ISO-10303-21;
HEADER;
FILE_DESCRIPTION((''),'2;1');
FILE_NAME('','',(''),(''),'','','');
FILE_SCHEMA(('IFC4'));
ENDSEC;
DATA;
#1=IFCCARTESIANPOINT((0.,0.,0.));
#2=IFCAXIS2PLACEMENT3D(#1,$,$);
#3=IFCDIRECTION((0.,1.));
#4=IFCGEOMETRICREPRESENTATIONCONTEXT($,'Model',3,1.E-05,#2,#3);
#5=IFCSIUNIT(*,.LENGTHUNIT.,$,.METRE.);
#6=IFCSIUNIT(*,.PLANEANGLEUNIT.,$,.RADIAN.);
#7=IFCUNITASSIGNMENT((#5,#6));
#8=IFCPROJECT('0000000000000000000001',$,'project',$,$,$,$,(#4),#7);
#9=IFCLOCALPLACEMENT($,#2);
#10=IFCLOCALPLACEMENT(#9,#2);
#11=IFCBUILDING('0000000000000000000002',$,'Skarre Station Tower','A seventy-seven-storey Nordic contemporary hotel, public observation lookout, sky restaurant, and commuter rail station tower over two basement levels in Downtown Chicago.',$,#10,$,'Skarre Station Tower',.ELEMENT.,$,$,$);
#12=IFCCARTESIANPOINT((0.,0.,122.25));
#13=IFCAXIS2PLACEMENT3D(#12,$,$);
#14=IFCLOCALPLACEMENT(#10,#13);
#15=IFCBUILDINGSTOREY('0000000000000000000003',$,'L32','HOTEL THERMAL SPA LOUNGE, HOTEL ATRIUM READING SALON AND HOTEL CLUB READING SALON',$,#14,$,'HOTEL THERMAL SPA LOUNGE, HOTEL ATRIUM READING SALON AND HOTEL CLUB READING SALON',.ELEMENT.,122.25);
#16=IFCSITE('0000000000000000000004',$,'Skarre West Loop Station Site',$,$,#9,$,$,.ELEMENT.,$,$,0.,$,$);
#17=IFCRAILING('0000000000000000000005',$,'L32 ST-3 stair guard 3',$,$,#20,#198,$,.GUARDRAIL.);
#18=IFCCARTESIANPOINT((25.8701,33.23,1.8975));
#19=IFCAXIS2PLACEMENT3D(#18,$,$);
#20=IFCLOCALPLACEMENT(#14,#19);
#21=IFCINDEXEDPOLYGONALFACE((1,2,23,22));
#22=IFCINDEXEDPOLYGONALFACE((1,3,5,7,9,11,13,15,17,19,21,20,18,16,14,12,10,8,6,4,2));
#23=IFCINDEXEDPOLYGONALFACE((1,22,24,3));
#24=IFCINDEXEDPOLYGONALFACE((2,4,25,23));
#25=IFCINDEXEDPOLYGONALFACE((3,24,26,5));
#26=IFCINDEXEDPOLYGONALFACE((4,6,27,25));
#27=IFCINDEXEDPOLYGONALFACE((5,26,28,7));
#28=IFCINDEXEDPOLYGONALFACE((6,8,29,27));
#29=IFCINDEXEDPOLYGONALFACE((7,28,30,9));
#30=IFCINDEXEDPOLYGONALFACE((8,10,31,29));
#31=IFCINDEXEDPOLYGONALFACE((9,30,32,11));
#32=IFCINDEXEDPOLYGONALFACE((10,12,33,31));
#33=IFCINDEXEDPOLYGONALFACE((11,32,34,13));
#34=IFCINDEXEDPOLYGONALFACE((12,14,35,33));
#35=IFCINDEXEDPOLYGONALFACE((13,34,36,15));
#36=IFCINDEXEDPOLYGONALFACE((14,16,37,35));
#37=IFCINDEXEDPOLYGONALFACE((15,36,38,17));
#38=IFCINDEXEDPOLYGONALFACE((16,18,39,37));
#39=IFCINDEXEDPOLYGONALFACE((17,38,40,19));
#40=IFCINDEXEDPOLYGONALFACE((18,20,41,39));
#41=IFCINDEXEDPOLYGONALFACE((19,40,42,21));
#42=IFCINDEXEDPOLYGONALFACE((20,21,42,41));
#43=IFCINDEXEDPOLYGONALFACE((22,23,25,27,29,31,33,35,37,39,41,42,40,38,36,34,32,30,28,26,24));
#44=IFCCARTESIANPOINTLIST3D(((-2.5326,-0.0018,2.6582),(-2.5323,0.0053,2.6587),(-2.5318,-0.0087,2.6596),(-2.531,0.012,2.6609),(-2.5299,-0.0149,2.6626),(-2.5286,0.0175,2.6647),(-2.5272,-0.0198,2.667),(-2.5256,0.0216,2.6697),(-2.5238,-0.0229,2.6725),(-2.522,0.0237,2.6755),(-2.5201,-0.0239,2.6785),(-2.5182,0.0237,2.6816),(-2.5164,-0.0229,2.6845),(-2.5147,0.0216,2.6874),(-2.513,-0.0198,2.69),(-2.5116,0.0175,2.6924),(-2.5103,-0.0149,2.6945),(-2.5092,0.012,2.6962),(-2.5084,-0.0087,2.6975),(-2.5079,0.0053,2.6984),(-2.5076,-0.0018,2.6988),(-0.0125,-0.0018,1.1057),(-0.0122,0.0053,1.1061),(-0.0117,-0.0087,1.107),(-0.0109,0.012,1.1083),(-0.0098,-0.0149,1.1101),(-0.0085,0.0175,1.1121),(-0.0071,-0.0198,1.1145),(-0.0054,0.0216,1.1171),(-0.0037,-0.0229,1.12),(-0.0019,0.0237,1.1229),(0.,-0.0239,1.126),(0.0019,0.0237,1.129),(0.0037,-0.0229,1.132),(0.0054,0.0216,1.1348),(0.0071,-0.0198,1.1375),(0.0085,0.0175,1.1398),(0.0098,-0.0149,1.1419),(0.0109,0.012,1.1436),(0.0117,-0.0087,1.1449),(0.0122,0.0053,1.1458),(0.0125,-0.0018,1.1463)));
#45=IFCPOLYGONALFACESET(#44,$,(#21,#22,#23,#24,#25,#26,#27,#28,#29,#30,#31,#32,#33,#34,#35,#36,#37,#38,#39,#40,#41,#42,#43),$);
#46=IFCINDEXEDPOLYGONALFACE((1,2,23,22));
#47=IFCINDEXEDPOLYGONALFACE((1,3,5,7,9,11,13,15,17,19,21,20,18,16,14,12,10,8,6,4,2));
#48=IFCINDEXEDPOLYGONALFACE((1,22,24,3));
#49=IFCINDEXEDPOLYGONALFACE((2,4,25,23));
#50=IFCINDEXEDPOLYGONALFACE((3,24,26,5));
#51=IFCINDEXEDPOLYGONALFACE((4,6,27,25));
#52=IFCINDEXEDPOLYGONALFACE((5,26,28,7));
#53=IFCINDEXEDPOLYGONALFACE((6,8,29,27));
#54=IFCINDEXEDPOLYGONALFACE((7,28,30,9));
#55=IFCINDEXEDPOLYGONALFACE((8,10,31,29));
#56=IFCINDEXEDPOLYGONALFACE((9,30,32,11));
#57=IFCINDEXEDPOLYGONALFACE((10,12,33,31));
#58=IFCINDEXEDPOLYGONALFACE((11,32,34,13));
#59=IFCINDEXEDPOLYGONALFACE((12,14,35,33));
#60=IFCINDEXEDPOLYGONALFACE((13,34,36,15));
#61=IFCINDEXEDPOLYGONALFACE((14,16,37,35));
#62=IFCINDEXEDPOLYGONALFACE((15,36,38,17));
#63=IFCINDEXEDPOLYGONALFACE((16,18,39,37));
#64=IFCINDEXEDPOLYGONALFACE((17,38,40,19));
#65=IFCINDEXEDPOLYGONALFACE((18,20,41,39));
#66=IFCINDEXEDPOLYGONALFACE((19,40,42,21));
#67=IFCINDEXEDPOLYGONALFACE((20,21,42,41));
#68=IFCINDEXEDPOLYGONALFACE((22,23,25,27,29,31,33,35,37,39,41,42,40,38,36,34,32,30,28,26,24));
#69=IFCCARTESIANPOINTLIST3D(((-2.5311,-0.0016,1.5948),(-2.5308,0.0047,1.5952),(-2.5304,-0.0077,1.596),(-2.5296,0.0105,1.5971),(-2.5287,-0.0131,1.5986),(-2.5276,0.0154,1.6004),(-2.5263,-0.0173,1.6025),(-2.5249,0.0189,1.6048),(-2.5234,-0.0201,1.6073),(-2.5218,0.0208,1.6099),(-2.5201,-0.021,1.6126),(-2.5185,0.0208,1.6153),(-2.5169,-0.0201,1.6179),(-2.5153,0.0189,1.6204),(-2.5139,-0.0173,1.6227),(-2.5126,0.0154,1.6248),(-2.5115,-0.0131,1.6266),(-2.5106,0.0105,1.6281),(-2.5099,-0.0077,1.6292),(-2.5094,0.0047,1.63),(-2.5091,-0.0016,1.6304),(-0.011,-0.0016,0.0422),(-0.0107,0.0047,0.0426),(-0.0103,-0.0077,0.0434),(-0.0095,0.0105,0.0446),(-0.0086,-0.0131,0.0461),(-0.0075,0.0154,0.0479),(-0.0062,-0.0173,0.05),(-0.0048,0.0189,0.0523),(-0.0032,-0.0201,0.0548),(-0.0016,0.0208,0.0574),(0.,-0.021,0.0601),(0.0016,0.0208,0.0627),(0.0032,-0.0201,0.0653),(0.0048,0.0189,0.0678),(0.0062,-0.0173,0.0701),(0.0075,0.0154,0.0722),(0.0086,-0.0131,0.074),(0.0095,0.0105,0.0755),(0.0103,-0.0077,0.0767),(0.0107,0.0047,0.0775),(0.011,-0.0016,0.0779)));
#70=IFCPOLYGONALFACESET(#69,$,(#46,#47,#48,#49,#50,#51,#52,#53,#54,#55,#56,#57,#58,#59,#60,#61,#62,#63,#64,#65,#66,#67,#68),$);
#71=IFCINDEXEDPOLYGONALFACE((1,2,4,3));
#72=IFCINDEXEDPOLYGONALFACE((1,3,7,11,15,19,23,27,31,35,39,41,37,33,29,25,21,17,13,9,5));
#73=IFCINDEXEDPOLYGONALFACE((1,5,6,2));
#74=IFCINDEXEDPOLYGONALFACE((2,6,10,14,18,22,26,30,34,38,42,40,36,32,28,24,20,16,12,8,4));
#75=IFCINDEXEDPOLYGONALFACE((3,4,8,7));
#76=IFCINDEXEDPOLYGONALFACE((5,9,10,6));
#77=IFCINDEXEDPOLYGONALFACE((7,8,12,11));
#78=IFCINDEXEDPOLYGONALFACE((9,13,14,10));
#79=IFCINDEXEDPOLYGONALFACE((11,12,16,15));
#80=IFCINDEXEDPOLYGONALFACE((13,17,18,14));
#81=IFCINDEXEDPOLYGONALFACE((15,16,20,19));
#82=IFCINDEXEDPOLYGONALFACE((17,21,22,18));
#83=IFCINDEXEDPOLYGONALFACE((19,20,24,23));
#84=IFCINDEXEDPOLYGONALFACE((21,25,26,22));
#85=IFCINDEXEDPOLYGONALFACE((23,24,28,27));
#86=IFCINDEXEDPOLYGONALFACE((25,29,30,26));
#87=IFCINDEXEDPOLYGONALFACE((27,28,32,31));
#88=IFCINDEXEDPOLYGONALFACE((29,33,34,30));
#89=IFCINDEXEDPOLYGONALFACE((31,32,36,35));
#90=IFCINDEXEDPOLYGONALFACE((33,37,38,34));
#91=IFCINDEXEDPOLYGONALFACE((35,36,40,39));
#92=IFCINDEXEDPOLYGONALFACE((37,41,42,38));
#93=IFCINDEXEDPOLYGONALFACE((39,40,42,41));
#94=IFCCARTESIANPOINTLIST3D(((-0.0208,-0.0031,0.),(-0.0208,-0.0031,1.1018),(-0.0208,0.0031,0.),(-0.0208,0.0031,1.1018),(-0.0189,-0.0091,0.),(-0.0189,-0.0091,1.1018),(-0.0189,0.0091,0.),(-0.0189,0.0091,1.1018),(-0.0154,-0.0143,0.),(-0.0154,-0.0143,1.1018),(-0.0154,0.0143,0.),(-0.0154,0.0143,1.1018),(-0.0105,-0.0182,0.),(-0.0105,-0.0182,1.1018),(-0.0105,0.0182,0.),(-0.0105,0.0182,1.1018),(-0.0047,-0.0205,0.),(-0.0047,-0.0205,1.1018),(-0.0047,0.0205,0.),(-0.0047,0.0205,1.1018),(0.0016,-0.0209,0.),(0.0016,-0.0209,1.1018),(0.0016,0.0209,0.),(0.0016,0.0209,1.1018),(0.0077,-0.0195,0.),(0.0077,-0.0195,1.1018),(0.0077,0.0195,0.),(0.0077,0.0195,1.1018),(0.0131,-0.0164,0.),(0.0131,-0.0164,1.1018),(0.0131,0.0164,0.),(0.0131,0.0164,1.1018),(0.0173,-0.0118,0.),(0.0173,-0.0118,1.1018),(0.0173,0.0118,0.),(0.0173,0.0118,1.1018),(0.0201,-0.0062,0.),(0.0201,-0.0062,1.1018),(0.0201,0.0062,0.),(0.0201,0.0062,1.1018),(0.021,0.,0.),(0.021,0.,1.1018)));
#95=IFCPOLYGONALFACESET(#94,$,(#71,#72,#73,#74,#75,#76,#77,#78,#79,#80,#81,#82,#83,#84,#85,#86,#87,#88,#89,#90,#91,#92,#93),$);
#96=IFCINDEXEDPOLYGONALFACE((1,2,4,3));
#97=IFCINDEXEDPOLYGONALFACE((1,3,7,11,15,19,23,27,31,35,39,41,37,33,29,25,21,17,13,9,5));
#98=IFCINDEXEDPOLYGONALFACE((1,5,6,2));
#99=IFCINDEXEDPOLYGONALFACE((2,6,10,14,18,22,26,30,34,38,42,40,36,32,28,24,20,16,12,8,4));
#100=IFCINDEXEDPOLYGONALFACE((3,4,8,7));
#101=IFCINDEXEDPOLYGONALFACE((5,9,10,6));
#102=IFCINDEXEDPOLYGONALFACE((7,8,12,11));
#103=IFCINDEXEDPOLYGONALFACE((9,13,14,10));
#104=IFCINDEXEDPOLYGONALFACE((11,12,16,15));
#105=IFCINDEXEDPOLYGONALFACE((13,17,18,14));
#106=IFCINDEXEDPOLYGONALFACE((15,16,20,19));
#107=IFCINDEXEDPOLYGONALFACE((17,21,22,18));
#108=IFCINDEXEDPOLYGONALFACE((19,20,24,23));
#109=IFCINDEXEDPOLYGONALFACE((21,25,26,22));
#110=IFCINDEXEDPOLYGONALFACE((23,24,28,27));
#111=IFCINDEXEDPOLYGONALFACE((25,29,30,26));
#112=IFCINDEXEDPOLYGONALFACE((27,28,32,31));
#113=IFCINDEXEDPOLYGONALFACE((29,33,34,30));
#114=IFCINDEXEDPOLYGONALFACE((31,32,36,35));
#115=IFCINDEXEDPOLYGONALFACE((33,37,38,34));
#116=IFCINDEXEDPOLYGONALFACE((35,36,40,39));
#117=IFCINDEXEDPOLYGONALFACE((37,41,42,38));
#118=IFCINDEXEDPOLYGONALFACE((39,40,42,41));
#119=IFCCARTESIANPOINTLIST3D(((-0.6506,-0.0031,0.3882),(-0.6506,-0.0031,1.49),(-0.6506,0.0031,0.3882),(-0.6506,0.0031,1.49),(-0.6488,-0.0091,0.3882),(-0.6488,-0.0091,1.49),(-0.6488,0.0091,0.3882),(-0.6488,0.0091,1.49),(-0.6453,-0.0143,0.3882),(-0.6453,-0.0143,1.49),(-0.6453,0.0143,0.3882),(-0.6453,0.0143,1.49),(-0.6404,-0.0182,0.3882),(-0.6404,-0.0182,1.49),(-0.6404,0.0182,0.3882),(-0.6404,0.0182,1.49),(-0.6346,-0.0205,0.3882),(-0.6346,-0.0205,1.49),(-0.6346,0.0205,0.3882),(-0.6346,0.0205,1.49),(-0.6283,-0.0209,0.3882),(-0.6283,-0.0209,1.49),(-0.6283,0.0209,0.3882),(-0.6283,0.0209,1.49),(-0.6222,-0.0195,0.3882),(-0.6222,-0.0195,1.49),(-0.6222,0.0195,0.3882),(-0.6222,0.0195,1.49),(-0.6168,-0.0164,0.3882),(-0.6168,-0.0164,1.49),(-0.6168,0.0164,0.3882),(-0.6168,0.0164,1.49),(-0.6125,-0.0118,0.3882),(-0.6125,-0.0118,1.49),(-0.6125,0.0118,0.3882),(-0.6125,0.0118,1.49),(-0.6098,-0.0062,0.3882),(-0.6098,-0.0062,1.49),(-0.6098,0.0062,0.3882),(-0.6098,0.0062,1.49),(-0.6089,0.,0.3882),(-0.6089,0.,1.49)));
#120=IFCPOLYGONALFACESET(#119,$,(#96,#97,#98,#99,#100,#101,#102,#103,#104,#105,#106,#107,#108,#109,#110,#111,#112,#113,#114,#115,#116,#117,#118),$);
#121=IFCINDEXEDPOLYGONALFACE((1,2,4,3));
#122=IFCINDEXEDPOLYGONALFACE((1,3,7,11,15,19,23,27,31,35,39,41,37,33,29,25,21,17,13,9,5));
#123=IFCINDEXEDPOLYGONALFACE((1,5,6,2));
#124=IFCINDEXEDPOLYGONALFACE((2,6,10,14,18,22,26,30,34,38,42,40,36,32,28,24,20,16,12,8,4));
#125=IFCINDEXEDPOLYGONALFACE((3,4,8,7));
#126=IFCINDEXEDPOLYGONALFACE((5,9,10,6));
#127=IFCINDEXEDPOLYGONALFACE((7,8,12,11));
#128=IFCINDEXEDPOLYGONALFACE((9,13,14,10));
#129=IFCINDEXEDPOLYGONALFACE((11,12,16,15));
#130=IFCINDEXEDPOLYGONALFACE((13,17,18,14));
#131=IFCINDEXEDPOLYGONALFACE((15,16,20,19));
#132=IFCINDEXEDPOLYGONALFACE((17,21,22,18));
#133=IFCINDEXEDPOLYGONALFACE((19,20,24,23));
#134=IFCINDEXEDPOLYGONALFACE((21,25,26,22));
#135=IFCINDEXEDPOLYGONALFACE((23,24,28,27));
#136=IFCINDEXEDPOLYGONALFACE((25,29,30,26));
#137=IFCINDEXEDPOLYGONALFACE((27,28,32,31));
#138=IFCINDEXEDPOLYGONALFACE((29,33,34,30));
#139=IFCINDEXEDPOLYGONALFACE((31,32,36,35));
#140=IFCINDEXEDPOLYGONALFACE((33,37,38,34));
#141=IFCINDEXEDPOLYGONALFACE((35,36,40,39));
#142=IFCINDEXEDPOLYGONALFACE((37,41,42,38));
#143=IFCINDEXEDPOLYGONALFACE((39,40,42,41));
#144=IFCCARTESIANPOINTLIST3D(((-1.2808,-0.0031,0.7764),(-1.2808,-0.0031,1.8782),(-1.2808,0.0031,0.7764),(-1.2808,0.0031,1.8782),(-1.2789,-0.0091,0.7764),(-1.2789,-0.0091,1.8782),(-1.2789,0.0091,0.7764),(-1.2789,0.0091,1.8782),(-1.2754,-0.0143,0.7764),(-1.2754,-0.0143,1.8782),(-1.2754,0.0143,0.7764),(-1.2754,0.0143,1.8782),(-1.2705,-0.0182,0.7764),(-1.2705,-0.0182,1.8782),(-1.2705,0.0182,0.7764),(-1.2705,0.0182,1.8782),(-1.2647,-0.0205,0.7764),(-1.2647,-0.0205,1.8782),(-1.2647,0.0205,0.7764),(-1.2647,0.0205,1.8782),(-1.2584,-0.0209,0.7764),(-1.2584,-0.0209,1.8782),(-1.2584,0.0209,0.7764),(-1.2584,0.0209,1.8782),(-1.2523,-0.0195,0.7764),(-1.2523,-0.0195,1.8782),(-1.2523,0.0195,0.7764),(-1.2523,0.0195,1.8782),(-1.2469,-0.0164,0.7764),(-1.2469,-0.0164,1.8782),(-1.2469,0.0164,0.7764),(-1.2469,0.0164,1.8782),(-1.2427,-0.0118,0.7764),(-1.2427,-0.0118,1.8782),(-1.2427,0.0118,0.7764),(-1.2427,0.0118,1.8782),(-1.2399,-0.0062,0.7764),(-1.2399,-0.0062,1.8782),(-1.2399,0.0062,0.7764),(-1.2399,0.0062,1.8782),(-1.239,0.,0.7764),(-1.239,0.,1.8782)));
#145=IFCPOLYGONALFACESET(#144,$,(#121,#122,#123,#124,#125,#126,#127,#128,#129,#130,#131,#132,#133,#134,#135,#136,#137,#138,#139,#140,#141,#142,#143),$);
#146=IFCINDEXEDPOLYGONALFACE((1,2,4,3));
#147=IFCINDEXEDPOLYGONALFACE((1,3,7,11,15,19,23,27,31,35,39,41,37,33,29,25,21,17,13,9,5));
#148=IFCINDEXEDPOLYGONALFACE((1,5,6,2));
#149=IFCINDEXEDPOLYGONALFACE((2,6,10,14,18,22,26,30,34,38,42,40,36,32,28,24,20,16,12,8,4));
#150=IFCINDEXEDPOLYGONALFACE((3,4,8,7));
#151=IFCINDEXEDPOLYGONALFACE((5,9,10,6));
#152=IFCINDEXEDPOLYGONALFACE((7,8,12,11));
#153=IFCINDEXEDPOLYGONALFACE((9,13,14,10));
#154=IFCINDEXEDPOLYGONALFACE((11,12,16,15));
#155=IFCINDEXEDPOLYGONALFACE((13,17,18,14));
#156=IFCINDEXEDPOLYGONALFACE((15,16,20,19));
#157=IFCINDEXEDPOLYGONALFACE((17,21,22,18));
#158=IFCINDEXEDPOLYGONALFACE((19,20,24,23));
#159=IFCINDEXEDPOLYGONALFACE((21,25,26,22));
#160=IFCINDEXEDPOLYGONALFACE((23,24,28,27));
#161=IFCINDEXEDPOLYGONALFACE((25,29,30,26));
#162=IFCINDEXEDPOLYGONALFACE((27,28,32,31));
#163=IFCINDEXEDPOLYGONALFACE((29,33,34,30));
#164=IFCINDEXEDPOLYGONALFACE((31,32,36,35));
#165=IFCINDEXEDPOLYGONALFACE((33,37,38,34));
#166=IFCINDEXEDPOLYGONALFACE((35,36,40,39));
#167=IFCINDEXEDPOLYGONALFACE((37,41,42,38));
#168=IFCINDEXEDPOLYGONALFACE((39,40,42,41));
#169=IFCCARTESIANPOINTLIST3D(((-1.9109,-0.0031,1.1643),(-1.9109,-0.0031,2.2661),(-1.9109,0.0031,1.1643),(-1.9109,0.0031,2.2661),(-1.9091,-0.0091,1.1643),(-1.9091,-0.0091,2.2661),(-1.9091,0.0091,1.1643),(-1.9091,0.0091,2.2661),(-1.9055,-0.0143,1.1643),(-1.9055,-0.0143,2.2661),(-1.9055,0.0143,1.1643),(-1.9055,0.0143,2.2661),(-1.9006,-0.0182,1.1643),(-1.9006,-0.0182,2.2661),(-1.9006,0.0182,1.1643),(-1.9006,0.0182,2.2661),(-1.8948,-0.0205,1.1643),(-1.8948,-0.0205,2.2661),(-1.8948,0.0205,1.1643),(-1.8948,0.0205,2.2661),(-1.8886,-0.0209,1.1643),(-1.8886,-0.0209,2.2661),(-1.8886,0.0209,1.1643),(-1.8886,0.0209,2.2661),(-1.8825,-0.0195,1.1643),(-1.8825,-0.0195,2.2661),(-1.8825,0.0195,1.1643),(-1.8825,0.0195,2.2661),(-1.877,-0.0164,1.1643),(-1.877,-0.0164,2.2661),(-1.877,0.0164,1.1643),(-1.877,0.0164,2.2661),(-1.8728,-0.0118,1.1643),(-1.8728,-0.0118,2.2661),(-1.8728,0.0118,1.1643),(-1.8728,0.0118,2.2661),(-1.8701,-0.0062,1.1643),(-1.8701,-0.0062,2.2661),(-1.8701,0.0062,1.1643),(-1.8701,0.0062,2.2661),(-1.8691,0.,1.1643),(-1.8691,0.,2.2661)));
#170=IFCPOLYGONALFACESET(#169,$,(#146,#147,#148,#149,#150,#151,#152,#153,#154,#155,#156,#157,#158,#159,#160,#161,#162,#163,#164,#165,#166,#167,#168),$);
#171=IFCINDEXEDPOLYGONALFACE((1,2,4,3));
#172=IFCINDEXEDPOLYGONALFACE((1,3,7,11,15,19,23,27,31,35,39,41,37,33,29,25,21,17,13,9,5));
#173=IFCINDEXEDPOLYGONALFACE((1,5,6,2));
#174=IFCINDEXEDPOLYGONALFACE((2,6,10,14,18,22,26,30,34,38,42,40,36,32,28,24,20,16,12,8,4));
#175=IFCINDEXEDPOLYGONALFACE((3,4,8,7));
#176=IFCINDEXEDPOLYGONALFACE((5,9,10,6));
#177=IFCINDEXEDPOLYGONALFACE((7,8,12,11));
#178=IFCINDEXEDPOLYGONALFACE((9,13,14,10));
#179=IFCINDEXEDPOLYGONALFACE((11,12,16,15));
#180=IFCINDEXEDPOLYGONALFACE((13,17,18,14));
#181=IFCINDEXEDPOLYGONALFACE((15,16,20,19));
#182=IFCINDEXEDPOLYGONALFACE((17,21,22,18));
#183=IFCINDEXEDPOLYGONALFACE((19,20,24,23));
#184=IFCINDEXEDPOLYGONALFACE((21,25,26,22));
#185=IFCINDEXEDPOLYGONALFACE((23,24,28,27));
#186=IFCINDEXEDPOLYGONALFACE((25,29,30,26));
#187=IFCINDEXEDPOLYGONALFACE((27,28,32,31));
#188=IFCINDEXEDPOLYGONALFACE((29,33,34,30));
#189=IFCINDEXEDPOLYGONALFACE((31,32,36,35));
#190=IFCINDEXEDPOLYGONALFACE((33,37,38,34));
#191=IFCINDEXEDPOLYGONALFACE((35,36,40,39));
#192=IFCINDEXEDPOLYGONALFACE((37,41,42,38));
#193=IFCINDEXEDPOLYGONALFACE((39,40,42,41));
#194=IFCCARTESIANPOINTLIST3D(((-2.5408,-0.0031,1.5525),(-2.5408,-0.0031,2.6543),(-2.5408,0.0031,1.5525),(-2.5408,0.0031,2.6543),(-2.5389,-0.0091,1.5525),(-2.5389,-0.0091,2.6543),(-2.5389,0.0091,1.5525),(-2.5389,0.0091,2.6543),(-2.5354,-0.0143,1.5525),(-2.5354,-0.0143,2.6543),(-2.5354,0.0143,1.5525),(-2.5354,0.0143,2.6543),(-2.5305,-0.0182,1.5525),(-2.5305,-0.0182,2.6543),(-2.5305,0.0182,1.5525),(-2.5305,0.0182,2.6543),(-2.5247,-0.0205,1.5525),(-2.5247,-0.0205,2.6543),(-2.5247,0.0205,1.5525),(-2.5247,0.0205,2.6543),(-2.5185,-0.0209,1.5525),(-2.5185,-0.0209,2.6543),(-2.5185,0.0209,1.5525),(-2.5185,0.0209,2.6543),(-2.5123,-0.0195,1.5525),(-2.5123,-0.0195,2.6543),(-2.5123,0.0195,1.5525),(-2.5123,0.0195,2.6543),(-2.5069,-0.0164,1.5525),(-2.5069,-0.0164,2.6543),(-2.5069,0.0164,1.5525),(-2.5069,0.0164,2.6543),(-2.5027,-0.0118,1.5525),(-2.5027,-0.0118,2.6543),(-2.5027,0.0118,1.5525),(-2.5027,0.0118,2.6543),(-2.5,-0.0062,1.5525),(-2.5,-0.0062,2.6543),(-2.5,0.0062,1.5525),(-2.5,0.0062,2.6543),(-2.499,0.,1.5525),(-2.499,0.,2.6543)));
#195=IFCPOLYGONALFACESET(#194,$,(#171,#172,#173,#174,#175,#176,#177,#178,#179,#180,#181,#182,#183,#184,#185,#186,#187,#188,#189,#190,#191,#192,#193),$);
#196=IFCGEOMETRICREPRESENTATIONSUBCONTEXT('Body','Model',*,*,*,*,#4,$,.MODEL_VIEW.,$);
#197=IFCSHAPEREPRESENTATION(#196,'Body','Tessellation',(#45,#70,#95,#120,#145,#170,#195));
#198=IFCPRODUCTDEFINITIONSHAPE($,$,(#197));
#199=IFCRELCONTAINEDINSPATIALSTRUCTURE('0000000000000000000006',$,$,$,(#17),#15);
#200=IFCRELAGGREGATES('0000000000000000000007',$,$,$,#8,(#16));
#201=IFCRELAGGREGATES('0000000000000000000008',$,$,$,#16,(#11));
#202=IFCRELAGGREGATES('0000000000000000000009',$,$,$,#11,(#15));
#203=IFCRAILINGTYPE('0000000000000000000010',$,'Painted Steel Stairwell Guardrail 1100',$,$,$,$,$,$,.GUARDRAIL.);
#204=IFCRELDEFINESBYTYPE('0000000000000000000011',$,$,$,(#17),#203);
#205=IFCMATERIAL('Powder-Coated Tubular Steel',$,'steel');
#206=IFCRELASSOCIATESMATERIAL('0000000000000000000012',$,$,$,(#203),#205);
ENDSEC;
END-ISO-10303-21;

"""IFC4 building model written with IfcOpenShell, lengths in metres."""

from ifc_helpers import new_model, si_unit, direction, frame, origin, origin_2d, place, context, subcontext, project, spatial, circle, extrude, material, type_object, element, save


model = new_model("IFC4")

# Units and contexts
model_context = context("Model", 3, precision=1e-05, world=origin(), true_north=direction((0.0, 1.0)))
body_context = subcontext(model_context, "Body", "Model", "MODEL_VIEW")
ifc_project = project(units=[si_unit("LENGTHUNIT", "METRE"), si_unit("PLANEANGLEUNIT", "RADIAN")], contexts=[model_context])

# Site, building, storey
site_placement = place(None, origin())
site = spatial("IfcSite", under=ifc_project, at=site_placement, Name="Skarre West Loop Station Site", CompositionType="ELEMENT", RefElevation=0.0)
building_placement = place(site_placement, origin())
building = spatial("IfcBuilding", under=site, at=building_placement, Name="Skarre Station Tower", Description="A seventy-seven-storey Nordic contemporary hotel, public observation lookout, sky restaurant, and commuter rail station tower over two basement levels in Downtown Chicago.", LongName="Skarre Station Tower", CompositionType="ELEMENT")
storey_placement = place(building_placement, frame((0.0, 0.0, 122.25)))
storey = spatial("IfcBuildingStorey", under=building, at=storey_placement, Name="L32", Description="HOTEL THERMAL SPA LOUNGE, HOTEL ATRIUM READING SALON AND HOTEL CLUB READING SALON", LongName="HOTEL THERMAL SPA LOUNGE, HOTEL ATRIUM READING SALON AND HOTEL CLUB READING SALON", CompositionType="ELEMENT", Elevation=122.25)

# Railing
ifc_material_1 = material(Name="Powder-Coated Tubular Steel", Category="steel")
railing_type_1 = type_object("IfcRailingType", Name="Painted Steel Stairwell Guardrail 1100", PredefinedType="GUARDRAIL", material=ifc_material_1)
railing_1_placement = place(storey_placement, frame((25.8701, 33.23, 1.8975)))
element("IfcRailing", 1, at=railing_1_placement, inside=storey, type_object=railing_type_1, Name="L32 ST-3 stair guard 3", PredefinedType="GUARDRAIL", context=body_context, shape_type="SweptSolid", body=[
    extrude(circle(Radius=0.0239, at=origin_2d()), frame((0.0, 0.0, 1.126), z_axis=(-0.8514, 0.0, 0.524516), x_axis=(0.0, -1.0, 0.0)), (0.0, 0.0, 1.0), 2.96),
    extrude(circle(Radius=0.021, at=origin_2d()), frame((0.0, 0.0, 0.0601), z_axis=(-0.8514, 0.0, 0.524516), x_axis=(0.0, -1.0, 0.0)), (0.0, 0.0, 1.0), 2.96),
    extrude(circle(Radius=0.021, at=origin_2d()), origin(), (0.0, 0.0, 1.0), 1.1018),
    extrude(circle(Radius=0.021, at=origin_2d()), frame((-0.6299, 0.0, 0.3882)), (0.0, 0.0, 1.0), 1.1018),
    extrude(circle(Radius=0.021, at=origin_2d()), frame((-1.26, 0.0, 0.7764)), (0.0, 0.0, 1.0), 1.1018),
    extrude(circle(Radius=0.021, at=origin_2d()), frame((-1.8901, 0.0, 1.1643)), (0.0, 0.0, 1.0), 1.1018),
    extrude(circle(Radius=0.021, at=origin_2d()), frame((-2.52, 0.0, 1.5525)), (0.0, 0.0, 1.0), 1.1018),
])

save(model, "model.ifc")
